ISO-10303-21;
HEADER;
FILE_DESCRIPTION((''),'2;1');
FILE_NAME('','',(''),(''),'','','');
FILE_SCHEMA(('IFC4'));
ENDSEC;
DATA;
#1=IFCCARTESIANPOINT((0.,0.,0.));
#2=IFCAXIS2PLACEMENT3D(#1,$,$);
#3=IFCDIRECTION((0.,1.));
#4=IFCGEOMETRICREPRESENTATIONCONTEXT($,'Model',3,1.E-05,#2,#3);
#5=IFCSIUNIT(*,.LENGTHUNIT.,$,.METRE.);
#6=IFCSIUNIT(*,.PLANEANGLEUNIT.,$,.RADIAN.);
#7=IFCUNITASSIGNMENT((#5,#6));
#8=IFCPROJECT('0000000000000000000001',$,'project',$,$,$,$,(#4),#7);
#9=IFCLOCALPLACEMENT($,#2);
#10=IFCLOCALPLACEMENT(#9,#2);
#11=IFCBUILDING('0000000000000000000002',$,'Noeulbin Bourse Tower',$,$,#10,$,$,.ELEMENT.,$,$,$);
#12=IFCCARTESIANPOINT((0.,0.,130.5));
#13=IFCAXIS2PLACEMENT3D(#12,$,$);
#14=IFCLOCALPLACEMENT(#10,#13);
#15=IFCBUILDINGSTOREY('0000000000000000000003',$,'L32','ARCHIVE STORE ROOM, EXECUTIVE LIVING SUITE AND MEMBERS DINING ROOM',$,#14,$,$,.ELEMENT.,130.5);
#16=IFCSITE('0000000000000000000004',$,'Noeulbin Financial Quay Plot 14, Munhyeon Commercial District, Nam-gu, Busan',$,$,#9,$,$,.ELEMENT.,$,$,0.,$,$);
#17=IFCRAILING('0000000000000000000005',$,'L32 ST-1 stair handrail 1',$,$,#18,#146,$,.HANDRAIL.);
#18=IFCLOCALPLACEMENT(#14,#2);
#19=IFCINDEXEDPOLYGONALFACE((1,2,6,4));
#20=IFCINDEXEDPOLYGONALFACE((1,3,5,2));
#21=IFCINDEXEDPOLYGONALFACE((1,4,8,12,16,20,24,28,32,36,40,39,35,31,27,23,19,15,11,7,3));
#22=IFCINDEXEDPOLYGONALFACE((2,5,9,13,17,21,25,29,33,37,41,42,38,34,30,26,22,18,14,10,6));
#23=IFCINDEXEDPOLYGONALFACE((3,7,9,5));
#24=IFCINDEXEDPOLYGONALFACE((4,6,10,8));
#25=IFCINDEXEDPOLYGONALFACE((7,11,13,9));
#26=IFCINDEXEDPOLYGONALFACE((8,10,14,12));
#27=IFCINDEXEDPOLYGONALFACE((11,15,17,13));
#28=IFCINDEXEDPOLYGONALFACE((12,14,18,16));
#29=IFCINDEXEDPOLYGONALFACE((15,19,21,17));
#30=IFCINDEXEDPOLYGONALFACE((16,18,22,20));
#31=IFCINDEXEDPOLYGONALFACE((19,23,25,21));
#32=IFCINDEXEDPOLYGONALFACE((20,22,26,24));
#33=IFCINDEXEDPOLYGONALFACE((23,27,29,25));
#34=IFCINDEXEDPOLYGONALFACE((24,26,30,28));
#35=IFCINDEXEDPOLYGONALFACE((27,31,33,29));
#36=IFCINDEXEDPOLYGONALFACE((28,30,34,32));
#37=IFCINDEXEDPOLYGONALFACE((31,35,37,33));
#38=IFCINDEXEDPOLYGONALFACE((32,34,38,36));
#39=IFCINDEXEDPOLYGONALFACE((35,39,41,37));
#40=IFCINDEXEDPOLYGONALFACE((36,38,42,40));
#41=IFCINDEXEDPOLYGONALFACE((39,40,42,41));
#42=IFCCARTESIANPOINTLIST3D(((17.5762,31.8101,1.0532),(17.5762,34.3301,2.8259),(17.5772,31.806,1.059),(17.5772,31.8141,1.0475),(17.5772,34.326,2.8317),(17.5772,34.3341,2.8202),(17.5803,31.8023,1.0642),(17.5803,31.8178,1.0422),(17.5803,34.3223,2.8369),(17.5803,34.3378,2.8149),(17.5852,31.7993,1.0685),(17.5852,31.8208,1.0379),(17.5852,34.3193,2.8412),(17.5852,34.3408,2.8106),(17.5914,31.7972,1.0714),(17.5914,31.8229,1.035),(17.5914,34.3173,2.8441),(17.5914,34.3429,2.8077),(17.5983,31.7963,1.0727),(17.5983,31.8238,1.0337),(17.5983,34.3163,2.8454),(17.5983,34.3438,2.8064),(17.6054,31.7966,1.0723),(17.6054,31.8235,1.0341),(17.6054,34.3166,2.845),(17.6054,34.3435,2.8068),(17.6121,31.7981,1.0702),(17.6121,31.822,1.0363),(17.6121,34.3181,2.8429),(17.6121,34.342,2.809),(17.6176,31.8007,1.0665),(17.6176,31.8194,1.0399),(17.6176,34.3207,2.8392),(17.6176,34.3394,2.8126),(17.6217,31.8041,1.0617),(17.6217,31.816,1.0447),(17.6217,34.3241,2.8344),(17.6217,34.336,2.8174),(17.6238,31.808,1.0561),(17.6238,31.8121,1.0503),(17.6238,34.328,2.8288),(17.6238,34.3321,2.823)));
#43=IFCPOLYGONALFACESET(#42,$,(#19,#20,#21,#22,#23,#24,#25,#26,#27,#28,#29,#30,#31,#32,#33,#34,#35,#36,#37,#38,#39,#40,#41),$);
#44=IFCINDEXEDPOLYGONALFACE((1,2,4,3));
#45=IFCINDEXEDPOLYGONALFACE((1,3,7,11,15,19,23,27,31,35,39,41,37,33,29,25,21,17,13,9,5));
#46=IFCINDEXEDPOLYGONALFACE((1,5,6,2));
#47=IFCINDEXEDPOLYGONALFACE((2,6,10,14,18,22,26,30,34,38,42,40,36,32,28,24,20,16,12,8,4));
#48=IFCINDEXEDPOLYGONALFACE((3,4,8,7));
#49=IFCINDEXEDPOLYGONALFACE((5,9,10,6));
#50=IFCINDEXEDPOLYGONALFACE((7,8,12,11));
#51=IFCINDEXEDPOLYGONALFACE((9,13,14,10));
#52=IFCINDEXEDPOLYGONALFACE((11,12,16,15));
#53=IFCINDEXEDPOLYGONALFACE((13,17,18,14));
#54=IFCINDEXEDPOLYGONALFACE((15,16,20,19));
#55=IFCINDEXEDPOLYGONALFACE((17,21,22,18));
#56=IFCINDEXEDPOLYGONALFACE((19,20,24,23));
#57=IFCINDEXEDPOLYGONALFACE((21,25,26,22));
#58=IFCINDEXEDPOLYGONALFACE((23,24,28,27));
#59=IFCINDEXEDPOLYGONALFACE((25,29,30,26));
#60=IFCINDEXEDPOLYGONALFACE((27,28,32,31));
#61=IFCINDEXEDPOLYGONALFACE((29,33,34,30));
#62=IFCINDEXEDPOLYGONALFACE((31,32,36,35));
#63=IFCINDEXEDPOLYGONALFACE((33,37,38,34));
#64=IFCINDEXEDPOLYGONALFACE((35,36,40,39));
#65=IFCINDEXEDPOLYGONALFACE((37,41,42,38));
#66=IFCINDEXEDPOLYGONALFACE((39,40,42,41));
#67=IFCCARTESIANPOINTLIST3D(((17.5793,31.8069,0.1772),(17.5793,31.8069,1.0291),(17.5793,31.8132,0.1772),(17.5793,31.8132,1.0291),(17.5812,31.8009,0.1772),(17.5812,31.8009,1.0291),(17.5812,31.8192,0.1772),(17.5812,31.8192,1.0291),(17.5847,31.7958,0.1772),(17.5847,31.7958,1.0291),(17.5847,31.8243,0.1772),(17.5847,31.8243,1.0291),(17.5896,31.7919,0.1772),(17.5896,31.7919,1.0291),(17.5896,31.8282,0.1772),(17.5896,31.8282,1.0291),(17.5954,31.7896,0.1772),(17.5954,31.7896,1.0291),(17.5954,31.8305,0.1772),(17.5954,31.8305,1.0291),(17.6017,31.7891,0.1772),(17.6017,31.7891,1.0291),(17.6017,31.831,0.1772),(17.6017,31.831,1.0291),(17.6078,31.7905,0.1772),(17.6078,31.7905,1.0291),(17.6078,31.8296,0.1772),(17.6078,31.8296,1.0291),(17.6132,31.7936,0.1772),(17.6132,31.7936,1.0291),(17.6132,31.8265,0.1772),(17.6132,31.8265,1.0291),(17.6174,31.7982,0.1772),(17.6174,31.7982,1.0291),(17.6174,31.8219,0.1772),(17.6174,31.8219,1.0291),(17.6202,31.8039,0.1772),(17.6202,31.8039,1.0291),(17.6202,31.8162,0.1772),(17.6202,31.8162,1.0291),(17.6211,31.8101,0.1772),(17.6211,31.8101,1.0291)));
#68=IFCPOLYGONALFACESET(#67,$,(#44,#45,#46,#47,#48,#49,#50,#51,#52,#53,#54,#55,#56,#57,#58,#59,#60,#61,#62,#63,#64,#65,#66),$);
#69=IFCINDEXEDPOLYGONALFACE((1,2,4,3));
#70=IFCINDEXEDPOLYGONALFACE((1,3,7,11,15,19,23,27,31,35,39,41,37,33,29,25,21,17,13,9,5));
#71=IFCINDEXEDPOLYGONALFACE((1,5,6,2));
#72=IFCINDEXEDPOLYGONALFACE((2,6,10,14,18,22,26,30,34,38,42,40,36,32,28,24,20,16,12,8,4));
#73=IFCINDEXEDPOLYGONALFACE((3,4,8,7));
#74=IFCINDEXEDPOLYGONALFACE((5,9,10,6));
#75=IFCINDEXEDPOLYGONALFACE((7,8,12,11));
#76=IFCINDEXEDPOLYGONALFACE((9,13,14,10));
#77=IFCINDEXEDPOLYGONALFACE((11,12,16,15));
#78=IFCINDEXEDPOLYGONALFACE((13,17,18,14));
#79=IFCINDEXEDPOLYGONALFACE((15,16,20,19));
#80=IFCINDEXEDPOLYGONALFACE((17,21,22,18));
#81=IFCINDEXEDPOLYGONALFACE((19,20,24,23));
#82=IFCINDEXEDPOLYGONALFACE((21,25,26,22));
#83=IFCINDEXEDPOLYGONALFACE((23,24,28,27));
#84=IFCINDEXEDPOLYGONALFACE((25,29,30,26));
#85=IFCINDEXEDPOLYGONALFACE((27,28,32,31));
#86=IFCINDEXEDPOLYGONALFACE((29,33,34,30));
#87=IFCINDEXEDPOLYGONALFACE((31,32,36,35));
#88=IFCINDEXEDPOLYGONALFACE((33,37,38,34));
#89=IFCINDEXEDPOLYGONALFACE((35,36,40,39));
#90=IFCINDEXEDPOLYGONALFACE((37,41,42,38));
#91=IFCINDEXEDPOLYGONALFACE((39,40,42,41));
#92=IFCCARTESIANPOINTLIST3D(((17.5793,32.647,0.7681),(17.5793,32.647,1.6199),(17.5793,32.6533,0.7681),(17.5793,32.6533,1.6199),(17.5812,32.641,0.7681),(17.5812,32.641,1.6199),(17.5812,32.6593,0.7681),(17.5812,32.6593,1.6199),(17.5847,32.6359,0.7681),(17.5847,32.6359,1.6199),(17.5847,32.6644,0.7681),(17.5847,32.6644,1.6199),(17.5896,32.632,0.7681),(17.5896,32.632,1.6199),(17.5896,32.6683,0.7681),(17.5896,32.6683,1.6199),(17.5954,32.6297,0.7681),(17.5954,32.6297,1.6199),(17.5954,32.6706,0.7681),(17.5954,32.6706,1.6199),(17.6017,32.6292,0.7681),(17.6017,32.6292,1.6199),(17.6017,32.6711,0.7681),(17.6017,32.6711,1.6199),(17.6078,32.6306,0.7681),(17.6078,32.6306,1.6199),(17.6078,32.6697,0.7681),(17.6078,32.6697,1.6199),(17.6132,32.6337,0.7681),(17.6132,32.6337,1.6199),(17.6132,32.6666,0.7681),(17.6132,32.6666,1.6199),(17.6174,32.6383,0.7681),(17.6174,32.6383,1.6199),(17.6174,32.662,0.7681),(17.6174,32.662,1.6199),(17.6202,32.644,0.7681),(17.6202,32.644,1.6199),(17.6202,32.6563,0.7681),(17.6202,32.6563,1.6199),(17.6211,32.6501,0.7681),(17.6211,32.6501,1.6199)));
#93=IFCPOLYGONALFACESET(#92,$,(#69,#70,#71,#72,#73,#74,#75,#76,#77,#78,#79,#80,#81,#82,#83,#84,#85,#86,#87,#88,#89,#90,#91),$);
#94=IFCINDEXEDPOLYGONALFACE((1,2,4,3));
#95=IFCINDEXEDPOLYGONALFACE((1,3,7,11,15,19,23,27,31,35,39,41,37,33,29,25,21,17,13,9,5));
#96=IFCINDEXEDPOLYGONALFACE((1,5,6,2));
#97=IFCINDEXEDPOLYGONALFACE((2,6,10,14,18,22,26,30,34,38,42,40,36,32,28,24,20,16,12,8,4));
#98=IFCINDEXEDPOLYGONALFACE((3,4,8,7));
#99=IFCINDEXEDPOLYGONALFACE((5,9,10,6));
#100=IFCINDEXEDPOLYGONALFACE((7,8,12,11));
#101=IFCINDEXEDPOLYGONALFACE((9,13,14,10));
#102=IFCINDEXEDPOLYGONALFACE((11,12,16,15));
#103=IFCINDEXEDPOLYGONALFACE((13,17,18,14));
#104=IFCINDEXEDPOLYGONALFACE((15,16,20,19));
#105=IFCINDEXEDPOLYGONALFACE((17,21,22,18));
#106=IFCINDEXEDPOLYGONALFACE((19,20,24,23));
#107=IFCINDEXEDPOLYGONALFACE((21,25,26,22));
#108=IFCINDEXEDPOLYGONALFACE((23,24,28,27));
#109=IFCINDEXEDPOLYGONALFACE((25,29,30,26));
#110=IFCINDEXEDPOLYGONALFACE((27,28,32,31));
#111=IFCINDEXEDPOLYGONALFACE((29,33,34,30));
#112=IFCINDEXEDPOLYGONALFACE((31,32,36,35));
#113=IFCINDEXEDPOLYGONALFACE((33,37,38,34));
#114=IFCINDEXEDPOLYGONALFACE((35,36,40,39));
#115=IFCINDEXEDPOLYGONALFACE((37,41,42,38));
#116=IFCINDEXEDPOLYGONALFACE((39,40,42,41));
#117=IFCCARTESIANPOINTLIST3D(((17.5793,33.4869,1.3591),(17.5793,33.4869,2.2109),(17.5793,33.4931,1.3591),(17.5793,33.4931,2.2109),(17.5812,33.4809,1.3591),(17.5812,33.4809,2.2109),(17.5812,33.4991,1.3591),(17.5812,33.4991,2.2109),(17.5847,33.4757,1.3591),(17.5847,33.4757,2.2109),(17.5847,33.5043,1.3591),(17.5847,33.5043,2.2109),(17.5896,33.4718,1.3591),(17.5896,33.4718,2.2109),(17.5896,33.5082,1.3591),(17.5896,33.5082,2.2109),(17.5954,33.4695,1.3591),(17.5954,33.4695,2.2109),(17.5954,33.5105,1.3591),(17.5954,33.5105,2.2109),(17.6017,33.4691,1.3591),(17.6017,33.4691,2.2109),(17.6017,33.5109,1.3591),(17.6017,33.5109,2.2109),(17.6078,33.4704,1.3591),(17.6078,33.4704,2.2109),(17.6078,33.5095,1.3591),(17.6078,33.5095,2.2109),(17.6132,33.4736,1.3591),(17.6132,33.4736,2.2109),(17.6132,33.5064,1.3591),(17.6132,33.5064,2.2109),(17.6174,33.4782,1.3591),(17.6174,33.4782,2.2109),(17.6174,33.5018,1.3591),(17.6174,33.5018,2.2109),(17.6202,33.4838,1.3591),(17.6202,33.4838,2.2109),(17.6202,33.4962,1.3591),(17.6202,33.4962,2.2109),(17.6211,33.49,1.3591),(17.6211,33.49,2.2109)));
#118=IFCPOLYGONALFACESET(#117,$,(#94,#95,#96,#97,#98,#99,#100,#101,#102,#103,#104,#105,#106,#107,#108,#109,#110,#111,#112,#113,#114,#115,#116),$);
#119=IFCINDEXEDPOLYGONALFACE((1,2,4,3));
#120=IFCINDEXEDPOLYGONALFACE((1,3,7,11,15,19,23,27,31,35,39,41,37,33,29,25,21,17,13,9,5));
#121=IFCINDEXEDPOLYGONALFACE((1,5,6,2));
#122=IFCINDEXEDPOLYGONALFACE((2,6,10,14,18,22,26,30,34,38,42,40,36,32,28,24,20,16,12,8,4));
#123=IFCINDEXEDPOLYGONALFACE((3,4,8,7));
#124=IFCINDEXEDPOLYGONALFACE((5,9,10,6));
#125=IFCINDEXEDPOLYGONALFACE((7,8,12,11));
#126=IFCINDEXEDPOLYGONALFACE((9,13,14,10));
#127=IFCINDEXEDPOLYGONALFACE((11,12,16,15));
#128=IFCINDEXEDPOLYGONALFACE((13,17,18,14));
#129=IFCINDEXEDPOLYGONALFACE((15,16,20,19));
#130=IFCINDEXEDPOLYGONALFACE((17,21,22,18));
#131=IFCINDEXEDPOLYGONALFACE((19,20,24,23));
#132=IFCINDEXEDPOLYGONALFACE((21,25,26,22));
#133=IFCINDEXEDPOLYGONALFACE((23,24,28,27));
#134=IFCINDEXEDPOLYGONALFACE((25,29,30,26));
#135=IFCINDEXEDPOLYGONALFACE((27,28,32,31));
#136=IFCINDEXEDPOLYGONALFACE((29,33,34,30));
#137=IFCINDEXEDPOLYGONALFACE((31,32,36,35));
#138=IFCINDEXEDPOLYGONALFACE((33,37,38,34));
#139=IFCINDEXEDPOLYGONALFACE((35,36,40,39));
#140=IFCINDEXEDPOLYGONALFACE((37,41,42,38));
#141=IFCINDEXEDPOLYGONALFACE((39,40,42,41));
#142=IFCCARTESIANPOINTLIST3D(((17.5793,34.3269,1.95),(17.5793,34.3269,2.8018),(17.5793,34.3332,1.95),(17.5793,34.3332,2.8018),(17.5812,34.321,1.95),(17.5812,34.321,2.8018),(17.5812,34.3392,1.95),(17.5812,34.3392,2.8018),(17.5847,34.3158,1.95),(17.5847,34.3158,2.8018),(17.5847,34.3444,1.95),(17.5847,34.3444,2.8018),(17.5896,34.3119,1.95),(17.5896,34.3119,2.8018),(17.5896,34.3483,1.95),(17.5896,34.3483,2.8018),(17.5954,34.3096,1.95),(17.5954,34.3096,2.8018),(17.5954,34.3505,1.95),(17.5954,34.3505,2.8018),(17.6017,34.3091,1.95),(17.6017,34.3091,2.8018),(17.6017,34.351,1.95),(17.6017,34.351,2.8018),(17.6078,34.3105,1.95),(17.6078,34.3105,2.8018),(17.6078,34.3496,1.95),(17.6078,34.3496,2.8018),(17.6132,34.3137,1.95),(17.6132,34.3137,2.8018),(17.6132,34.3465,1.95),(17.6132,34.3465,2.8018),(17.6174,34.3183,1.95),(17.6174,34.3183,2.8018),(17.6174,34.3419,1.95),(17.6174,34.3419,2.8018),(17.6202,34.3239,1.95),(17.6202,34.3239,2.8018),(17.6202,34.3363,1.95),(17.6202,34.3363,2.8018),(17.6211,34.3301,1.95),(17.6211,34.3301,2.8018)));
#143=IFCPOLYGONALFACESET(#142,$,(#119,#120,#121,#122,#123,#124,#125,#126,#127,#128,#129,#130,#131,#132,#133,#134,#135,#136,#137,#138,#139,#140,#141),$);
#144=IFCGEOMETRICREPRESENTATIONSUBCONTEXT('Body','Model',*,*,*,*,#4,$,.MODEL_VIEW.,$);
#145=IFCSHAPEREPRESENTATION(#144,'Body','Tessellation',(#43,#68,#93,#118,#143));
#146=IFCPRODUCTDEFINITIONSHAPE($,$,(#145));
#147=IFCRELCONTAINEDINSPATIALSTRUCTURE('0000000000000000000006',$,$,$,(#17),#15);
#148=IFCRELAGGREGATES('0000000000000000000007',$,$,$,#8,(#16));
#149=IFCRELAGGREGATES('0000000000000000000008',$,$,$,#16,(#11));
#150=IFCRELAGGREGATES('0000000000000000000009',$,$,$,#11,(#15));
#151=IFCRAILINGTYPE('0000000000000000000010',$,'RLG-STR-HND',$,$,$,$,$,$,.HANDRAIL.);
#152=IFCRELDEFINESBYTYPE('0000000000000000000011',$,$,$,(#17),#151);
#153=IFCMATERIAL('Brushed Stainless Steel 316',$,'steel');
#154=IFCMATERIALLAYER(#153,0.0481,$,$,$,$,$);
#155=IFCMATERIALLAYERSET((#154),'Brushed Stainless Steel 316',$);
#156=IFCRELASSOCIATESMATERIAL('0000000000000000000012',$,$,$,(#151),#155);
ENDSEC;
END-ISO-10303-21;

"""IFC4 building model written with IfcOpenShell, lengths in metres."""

from ifc_helpers import new_model, si_unit, direction, frame, origin, origin_2d, place, context, subcontext, project, spatial, circle, extrude, material, layer, layer_set, type_object, element, save


model = new_model("IFC4")

# Units and contexts
model_context = context("Model", 3, precision=1e-05, world=origin(), true_north=direction((0.0, 1.0)))
body_context = subcontext(model_context, "Body", "Model", "MODEL_VIEW")
ifc_project = project(units=[si_unit("LENGTHUNIT", "METRE"), si_unit("PLANEANGLEUNIT", "RADIAN")], contexts=[model_context])

# Site, building, storey
site_placement = place(None, origin())
site = spatial("IfcSite", under=ifc_project, at=site_placement, Name="Noeulbin Financial Quay Plot 14, Munhyeon Commercial District, Nam-gu, Busan", CompositionType="ELEMENT", RefElevation=0.0)
building_placement = place(site_placement, origin())
building = spatial("IfcBuilding", under=site, at=building_placement, Name="Noeulbin Bourse Tower", CompositionType="ELEMENT")
storey_placement = place(building_placement, frame((0.0, 0.0, 130.5)))
storey = spatial("IfcBuildingStorey", under=building, at=storey_placement, Name="L32", Description="ARCHIVE STORE ROOM, EXECUTIVE LIVING SUITE AND MEMBERS DINING ROOM", CompositionType="ELEMENT", Elevation=130.5)

# Railing
ifc_material_1 = material(Name="Brushed Stainless Steel 316", Category="steel")
ifc_layer_1 = layer(ifc_material_1, 0.0481)
ifc_layer_set_1 = layer_set([ifc_layer_1], Name="Brushed Stainless Steel 316")
railing_type_1 = type_object("IfcRailingType", Name="RLG-STR-HND", PredefinedType="HANDRAIL", material=ifc_layer_set_1)
railing_1_placement = place(storey_placement, frame((17.6001, 31.8101, 0.1772)))
element("IfcRailing", 1, at=railing_1_placement, inside=storey, type_object=railing_type_1, Name="L32 ST-1 stair handrail 1", PredefinedType="HANDRAIL", context=body_context, shape_type="SweptSolid", body=[
    extrude(circle(Radius=0.0239, at=origin_2d()), frame((0.0, 0.0, 0.876), z_axis=(0.0, 0.817904, 0.575354), x_axis=(-1.0, 0.0, 0.0)), (0.0, 0.0, 1.0), 3.0811),
    extrude(circle(Radius=0.021, at=origin_2d()), origin(), (0.0, 0.0, 1.0), 0.8518),
    extrude(circle(Radius=0.021, at=origin_2d()), frame((0.0, 0.8401, 0.5908)), (0.0, 0.0, 1.0), 0.8518),
    extrude(circle(Radius=0.021, at=origin_2d()), frame((0.0, 1.6799, 1.1819)), (0.0, 0.0, 1.0), 0.8518),
    extrude(circle(Radius=0.021, at=origin_2d()), frame((0.0, 2.52, 1.7727)), (0.0, 0.0, 1.0), 0.8518),
])

save(model, "model.ifc")
